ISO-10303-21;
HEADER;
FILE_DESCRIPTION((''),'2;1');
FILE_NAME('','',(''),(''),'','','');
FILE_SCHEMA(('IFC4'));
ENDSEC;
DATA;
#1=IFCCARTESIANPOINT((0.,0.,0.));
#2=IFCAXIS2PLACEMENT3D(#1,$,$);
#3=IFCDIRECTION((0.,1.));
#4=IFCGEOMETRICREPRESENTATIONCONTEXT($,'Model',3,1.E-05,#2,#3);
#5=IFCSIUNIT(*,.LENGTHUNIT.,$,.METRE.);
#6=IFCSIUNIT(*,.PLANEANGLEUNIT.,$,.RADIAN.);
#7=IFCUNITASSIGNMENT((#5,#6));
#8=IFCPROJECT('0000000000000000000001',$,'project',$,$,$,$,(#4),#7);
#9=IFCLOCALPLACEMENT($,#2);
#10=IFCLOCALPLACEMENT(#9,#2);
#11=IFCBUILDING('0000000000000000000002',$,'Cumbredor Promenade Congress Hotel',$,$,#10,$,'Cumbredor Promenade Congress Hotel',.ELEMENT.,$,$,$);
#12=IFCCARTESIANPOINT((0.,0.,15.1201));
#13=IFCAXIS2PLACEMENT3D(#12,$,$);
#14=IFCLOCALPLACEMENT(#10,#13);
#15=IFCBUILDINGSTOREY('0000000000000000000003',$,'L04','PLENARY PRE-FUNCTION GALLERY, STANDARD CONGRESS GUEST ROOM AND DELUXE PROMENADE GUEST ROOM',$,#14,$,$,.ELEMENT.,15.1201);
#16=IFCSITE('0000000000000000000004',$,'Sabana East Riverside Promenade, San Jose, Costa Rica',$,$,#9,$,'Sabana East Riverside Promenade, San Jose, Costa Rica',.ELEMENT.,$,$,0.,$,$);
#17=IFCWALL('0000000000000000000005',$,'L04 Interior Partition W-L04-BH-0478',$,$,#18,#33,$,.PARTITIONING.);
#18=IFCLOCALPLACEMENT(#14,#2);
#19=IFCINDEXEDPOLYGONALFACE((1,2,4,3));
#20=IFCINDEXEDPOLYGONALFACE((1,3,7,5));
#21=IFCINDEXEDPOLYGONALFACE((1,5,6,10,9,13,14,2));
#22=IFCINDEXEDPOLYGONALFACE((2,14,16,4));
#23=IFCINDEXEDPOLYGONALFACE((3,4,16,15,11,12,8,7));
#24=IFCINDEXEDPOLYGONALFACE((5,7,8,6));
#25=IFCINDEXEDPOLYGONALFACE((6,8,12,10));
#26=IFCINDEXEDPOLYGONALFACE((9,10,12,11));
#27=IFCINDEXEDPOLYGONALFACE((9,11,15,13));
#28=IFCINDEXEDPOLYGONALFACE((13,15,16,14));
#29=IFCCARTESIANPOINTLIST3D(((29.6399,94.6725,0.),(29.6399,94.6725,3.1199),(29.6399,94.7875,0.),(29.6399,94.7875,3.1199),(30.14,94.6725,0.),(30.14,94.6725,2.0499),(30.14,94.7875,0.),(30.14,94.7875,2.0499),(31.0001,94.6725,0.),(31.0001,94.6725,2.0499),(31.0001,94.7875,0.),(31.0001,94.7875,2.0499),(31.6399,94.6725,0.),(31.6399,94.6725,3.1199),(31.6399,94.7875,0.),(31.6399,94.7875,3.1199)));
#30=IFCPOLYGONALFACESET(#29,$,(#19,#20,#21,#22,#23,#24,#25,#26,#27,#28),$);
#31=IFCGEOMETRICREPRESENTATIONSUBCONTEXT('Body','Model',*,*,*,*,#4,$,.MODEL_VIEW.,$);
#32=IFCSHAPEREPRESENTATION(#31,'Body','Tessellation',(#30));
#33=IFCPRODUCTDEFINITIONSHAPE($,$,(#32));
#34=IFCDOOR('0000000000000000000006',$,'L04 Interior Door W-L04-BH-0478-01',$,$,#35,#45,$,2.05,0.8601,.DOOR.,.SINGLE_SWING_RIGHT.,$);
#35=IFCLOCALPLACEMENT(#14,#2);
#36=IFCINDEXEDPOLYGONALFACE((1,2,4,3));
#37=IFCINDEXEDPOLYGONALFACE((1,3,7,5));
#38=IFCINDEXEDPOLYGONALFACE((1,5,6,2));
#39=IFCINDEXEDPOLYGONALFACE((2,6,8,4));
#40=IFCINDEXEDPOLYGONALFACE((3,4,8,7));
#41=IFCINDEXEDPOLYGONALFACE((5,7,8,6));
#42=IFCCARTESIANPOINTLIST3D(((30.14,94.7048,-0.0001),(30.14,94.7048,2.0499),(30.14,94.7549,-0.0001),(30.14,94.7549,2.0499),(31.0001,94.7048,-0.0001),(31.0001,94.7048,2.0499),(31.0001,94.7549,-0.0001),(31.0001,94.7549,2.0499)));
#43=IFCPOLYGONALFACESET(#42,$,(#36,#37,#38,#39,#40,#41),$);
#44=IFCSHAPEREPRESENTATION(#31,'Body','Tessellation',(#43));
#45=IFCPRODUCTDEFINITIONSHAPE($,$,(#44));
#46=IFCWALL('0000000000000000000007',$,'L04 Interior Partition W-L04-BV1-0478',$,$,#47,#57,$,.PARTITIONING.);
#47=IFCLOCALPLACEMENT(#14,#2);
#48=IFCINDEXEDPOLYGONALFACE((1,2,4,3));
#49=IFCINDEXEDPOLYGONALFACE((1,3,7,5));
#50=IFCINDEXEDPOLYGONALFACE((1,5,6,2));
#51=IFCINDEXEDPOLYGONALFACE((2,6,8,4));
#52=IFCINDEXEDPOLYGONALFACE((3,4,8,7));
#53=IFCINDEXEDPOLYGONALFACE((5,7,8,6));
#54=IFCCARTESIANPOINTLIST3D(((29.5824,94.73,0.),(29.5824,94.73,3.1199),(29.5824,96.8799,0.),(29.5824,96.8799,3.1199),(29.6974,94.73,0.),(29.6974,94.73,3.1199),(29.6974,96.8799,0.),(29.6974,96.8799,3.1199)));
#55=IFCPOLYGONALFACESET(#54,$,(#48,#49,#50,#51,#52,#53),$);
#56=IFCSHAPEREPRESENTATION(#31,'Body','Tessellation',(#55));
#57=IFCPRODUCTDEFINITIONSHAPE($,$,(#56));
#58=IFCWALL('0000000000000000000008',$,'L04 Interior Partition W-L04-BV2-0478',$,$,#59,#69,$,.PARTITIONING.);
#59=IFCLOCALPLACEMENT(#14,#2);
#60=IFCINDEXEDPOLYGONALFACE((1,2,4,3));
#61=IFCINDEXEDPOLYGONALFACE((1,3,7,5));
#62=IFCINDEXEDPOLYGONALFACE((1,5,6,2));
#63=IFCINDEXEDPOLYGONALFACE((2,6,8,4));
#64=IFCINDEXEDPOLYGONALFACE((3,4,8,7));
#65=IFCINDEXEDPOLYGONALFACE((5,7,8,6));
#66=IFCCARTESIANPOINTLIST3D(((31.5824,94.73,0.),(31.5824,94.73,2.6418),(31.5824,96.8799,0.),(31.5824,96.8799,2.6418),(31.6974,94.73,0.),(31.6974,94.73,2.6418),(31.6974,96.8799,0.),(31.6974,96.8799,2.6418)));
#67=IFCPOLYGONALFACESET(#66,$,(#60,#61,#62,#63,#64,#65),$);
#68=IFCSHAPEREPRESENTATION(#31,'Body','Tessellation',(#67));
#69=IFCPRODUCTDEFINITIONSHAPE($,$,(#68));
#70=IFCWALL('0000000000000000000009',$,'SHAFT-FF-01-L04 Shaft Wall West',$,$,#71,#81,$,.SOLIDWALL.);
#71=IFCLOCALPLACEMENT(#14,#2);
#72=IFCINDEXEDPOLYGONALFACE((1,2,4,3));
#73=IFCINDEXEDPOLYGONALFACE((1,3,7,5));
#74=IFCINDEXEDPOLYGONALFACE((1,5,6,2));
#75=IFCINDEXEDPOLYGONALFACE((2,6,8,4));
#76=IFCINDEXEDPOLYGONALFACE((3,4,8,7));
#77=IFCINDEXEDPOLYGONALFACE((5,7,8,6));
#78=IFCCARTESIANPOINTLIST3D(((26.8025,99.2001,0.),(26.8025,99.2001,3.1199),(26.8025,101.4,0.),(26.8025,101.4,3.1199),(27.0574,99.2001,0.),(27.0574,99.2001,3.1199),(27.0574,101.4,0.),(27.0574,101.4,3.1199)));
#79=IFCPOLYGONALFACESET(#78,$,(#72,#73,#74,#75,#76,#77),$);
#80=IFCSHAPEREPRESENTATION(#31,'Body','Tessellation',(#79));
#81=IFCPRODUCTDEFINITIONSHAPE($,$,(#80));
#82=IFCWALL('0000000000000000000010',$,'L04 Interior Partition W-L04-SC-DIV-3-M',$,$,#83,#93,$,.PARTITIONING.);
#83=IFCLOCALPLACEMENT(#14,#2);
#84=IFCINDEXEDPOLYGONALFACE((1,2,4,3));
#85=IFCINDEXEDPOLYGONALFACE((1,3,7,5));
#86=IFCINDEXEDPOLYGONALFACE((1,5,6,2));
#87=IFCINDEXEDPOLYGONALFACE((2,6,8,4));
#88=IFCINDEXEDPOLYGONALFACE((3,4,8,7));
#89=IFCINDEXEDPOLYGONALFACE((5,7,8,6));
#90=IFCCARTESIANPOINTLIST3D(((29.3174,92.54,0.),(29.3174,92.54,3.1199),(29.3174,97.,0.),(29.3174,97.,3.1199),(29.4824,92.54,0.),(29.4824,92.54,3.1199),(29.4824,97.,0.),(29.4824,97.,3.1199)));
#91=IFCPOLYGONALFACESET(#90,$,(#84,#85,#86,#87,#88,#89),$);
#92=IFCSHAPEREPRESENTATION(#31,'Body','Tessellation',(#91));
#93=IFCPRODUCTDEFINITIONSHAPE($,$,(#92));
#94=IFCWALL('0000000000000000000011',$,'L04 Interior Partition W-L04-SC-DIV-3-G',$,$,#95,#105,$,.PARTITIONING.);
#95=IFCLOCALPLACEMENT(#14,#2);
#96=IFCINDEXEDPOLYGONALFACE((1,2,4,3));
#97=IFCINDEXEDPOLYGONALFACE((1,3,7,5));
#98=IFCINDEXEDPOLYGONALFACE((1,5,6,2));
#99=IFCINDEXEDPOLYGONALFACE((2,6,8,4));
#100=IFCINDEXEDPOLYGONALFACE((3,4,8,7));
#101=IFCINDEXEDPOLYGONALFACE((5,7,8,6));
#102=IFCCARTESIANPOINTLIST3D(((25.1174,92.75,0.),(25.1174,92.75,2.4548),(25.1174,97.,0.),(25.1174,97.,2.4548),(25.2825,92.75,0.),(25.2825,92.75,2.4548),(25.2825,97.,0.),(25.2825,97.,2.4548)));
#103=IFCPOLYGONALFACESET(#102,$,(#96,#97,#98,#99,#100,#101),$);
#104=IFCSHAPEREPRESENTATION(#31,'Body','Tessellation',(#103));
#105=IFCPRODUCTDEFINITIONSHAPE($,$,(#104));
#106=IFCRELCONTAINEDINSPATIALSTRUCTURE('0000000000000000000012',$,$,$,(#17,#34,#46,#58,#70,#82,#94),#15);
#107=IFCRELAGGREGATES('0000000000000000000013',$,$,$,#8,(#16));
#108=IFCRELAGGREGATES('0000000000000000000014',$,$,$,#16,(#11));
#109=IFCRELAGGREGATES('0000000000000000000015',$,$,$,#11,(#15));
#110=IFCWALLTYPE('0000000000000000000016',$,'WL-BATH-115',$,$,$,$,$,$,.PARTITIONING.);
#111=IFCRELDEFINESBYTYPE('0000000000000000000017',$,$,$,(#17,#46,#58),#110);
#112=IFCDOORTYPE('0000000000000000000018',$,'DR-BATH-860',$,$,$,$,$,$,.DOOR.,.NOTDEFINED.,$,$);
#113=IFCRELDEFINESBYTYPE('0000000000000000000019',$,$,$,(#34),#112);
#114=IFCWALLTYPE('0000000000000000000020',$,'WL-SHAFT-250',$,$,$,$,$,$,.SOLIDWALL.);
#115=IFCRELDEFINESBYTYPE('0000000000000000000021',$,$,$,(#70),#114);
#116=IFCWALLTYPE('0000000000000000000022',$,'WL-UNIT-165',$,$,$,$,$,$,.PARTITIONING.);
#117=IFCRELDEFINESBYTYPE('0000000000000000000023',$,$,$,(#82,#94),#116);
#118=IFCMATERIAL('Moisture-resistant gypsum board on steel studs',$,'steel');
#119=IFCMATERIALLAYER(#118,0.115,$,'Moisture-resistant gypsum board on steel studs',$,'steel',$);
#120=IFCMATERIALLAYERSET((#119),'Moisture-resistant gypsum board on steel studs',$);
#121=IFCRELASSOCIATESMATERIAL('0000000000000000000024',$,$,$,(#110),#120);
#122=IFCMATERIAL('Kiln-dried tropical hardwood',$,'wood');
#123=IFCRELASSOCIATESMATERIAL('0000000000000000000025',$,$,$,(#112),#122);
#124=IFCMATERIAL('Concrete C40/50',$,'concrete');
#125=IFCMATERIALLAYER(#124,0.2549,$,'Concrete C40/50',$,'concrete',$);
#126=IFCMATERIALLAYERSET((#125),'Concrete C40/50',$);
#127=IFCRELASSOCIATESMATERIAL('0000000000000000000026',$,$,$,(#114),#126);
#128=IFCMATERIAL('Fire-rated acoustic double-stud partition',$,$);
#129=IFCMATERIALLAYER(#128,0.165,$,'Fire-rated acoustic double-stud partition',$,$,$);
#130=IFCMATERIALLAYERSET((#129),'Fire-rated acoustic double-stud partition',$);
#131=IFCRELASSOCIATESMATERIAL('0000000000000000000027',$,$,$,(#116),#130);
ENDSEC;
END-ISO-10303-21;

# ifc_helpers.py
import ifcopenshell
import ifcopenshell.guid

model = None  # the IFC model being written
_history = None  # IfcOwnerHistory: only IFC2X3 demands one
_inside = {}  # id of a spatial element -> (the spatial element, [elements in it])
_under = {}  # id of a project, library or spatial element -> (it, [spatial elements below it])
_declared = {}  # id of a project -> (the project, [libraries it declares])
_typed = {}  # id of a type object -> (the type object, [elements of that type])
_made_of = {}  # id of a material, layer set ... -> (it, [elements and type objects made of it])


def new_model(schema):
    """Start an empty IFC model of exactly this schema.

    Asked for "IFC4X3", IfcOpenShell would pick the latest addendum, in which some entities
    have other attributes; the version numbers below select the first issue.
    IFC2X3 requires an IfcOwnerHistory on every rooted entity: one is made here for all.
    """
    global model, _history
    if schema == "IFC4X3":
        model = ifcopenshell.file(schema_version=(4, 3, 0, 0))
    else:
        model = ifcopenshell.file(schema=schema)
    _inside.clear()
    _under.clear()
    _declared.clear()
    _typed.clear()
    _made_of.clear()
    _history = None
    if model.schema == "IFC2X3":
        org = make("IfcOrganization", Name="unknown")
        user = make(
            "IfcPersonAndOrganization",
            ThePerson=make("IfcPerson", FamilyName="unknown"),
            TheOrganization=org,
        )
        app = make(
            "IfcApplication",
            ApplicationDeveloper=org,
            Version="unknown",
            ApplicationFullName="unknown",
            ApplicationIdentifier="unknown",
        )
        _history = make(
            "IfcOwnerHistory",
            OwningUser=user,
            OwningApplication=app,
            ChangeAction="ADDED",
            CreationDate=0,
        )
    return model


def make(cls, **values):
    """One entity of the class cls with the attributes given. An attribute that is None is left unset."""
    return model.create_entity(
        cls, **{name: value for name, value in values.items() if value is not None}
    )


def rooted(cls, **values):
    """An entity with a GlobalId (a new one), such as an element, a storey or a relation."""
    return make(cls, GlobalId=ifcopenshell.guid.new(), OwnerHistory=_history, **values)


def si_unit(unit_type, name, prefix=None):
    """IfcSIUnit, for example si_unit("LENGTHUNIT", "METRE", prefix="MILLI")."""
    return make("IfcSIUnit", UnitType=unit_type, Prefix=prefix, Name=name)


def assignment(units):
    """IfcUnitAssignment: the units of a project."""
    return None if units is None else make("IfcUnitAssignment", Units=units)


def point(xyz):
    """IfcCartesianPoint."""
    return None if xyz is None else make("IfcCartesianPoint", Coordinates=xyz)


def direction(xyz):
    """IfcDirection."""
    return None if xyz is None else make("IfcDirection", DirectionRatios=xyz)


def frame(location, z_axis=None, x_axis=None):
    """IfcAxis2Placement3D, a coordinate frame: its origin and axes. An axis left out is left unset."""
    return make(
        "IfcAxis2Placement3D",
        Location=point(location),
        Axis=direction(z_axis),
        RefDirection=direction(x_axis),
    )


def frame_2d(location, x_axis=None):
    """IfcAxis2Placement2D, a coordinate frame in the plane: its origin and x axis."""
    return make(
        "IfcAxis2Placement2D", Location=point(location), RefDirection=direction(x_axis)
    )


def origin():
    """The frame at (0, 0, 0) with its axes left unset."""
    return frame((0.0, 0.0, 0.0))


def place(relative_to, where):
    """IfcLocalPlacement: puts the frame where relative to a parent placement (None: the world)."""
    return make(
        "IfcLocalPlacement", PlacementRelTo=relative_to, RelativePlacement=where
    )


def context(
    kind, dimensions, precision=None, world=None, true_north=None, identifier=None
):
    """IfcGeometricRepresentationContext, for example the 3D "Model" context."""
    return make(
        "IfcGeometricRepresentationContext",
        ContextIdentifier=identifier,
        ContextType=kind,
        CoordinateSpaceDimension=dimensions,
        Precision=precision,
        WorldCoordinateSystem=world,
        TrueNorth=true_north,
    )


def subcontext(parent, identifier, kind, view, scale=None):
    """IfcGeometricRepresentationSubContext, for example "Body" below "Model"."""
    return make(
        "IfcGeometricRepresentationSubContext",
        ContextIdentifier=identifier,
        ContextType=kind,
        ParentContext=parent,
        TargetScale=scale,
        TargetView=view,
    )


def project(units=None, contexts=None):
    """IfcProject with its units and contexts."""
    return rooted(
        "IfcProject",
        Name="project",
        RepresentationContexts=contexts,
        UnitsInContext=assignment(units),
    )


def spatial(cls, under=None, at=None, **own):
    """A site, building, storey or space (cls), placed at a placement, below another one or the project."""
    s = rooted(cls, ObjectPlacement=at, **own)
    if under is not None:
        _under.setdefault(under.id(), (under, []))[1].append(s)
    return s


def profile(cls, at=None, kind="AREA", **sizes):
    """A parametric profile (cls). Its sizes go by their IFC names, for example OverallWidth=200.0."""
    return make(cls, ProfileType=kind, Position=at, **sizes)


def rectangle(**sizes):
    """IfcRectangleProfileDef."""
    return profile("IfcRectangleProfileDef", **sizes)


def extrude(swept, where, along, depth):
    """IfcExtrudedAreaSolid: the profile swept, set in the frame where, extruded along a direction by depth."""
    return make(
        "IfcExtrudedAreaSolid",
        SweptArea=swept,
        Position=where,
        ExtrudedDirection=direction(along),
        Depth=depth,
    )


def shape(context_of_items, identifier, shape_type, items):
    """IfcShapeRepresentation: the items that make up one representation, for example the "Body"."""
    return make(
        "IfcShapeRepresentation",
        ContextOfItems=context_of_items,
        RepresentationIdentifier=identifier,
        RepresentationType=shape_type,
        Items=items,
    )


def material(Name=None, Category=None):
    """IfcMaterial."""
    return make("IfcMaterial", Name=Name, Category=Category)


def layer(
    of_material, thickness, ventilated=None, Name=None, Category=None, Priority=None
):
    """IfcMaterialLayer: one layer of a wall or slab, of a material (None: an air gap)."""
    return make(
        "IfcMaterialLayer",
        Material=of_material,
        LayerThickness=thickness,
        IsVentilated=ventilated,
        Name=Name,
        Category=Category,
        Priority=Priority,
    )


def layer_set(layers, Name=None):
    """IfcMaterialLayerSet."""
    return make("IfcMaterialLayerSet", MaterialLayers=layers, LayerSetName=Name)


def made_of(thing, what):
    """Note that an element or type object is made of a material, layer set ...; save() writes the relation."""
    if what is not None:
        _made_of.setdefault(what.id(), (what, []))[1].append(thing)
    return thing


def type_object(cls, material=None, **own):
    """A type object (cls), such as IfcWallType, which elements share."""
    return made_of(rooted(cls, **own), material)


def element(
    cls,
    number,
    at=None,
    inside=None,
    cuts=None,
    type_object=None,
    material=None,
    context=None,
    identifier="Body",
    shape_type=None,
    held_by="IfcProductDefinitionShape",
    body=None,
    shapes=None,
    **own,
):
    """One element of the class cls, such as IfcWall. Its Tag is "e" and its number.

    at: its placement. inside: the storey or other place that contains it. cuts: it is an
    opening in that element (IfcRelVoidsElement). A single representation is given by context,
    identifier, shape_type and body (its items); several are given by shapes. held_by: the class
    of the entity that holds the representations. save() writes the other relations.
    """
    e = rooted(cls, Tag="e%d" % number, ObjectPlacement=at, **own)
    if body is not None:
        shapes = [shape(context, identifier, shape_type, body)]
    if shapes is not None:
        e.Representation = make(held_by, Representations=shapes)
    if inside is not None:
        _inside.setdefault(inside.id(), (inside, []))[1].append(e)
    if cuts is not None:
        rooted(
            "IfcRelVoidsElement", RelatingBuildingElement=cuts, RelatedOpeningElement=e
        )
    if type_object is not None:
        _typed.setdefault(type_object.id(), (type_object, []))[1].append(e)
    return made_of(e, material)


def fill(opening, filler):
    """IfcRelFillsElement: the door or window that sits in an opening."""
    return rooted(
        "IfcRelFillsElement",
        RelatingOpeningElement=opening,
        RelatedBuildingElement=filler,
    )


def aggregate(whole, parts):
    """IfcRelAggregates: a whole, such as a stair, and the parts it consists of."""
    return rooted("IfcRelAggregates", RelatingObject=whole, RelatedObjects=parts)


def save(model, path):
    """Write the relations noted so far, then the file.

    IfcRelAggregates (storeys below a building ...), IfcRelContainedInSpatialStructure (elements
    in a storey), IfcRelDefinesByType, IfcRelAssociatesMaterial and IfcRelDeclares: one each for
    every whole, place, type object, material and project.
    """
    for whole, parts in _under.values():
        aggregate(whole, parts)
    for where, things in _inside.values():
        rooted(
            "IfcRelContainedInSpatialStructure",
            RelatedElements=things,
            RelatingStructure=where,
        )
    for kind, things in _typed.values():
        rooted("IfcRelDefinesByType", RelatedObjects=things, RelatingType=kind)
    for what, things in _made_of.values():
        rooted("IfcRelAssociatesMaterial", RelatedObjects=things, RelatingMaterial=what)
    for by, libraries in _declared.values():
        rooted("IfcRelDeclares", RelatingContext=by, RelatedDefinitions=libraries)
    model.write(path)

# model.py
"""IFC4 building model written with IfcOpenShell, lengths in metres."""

from ifc_helpers import new_model, si_unit, direction, frame, frame_2d, origin, place, context, subcontext, project, spatial, rectangle, extrude, material, layer, layer_set, type_object, element, fill, save


model = new_model("IFC4")

# Units and contexts
model_context = context("Model", 3, precision=1e-05, world=origin(), true_north=direction((0.0, 1.0)))
body_context = subcontext(model_context, "Body", "Model", "MODEL_VIEW")
ifc_project = project(units=[si_unit("LENGTHUNIT", "METRE"), si_unit("PLANEANGLEUNIT", "RADIAN")], contexts=[model_context])

# Site, building, storey
site_placement = place(None, origin())
site = spatial("IfcSite", under=ifc_project, at=site_placement, Name="Sabana East Riverside Promenade, San Jose, Costa Rica", LongName="Sabana East Riverside Promenade, San Jose, Costa Rica", CompositionType="ELEMENT", RefElevation=0.0)
building_placement = place(site_placement, origin())
building = spatial("IfcBuilding", under=site, at=building_placement, Name="Cumbredor Promenade Congress Hotel", LongName="Cumbredor Promenade Congress Hotel", CompositionType="ELEMENT")
storey_placement = place(building_placement, frame((0.0, 0.0, 15.1201)))
storey = spatial("IfcBuildingStorey", under=building, at=storey_placement, Name="L04", Description="PLENARY PRE-FUNCTION GALLERY, STANDARD CONGRESS GUEST ROOM AND DELUXE PROMENADE GUEST ROOM", CompositionType="ELEMENT", Elevation=15.1201)

# Shared definitions
ifc_material_1 = material(Name="Concrete C40/50", Category="concrete")

# Shared definitions
ifc_material_2 = material(Name="Moisture-resistant gypsum board on steel studs", Category="steel")
ifc_layer_1 = layer(ifc_material_2, 0.115, Name="Moisture-resistant gypsum board on steel studs", Category="steel")
ifc_layer_set_1 = layer_set([ifc_layer_1], Name="Moisture-resistant gypsum board on steel studs")
wall_type_1 = type_object("IfcWallType", Name="WL-BATH-115", PredefinedType="PARTITIONING", material=ifc_layer_set_1)
ifc_material_3 = material(Name="Kiln-dried tropical hardwood", Category="wood")
door_type = type_object("IfcDoorType", Name="DR-BATH-860", OperationType="NOTDEFINED", PredefinedType="DOOR", material=ifc_material_3)

# Wall, opening, door
wall_1_placement = place(storey_placement, frame((29.6399, 94.73, 0.0), z_axis=(0.0, 0.0, 1.0), x_axis=(1.0, 0.0, 0.0)))
wall_1 = element("IfcWall", 1, at=wall_1_placement, inside=storey, type_object=wall_type_1, Name="L04 Interior Partition W-L04-BH-0478", PredefinedType="PARTITIONING", context=body_context, shape_type="SweptSolid", body=[
    extrude(rectangle(XDim=2.0, YDim=0.115, at=frame_2d((1.0, 0.0))), origin(), (0.0, 0.0, 1.0), 3.1199),
])
opening_1_placement = place(wall_1_placement, frame((0.5, 0.0, 0.0)))
opening_1 = element("IfcOpeningElement", 2, at=opening_1_placement, cuts=wall_1, PredefinedType="OPENING", context=body_context, shape_type="SweptSolid", body=[
    extrude(rectangle(XDim=0.8601, YDim=2.05, at=frame_2d((0.4302, 1.0249))), frame((0.0, 0.0674, 0.0), z_axis=(0.0, -1.0, 0.0), x_axis=(1.0, 0.0, 0.0)), (0.0, 0.0, 1.0), 0.135),
])
door_1_placement = place(opening_1_placement, origin())
door_1 = element("IfcDoor", 3, at=door_1_placement, inside=storey, type_object=door_type, Name="L04 Interior Door W-L04-BH-0478-01", OperationType="SINGLE_SWING_RIGHT", OverallHeight=2.05, OverallWidth=0.8601, PredefinedType="DOOR", context=body_context, shape_type="SweptSolid", body=[
    extrude(rectangle(XDim=0.8601, YDim=2.05, at=frame_2d((0.4302, 1.0249))), frame((0.0, 0.0249, 0.0), z_axis=(0.0, -1.0, 0.0), x_axis=(1.0, 0.0, 0.0)), (0.0, 0.0, 1.0), 0.05),
])
fill(opening_1, door_1)

# Walls
wall_2_placement = place(storey_placement, frame((29.6399, 94.73, 0.0), z_axis=(0.0, 0.0, 1.0), x_axis=(0.0, 1.0, 0.0)))
element("IfcWall", 4, at=wall_2_placement, inside=storey, type_object=wall_type_1, Name="L04 Interior Partition W-L04-BV1-0478", PredefinedType="PARTITIONING", context=body_context, shape_type="SweptSolid", body=[
    extrude(rectangle(XDim=2.1499, YDim=0.115, at=frame_2d((1.075, 0.0))), origin(), (0.0, 0.0, 1.0), 3.1199),
])
wall_3_placement = place(storey_placement, frame((31.6399, 94.73, 0.0), z_axis=(0.0, 0.0, 1.0), x_axis=(0.0, 1.0, 0.0)))
element("IfcWall", 5, at=wall_3_placement, inside=storey, type_object=wall_type_1, Name="L04 Interior Partition W-L04-BV2-0478", PredefinedType="PARTITIONING", context=body_context, shape_type="SweptSolid", body=[
    extrude(rectangle(XDim=2.1499, YDim=0.115, at=frame_2d((1.075, 0.0))), origin(), (0.0, 0.0, 1.0), 2.6418),
])
ifc_layer_2 = layer(ifc_material_1, 0.2549, Name="Concrete C40/50", Category="concrete")
ifc_layer_set_2 = layer_set([ifc_layer_2], Name="Concrete C40/50")
wall_type_2 = type_object("IfcWallType", Name="WL-SHAFT-250", PredefinedType="SOLIDWALL", material=ifc_layer_set_2)
wall_4_placement = place(storey_placement, frame((26.9299, 99.2, 0.0), z_axis=(0.0, 0.0, 1.0), x_axis=(0.0, 1.0, 0.0)))
element("IfcWall", 6, at=wall_4_placement, inside=storey, type_object=wall_type_2, Name="SHAFT-FF-01-L04 Shaft Wall West", PredefinedType="SOLIDWALL", context=body_context, shape_type="SweptSolid", body=[
    extrude(rectangle(XDim=2.2, YDim=0.2549, at=frame_2d((1.1001, 0.0))), origin(), (0.0, 0.0, 1.0), 3.1199),
])
ifc_material_4 = material(Name="Fire-rated acoustic double-stud partition")
ifc_layer_3 = layer(ifc_material_4, 0.165, Name="Fire-rated acoustic double-stud partition")
ifc_layer_set_3 = layer_set([ifc_layer_3], Name="Fire-rated acoustic double-stud partition")
wall_type_3 = type_object("IfcWallType", Name="WL-UNIT-165", PredefinedType="PARTITIONING", material=ifc_layer_set_3)
wall_5_placement = place(storey_placement, frame((29.3999, 92.54, 0.0), z_axis=(0.0, 0.0, 1.0), x_axis=(0.0, 1.0, 0.0)))
element("IfcWall", 7, at=wall_5_placement, inside=storey, type_object=wall_type_3, Name="L04 Interior Partition W-L04-SC-DIV-3-M", PredefinedType="PARTITIONING", context=body_context, shape_type="SweptSolid", body=[
    extrude(rectangle(XDim=4.46, YDim=0.165, at=frame_2d((2.23, 0.0))), origin(), (0.0, 0.0, 1.0), 3.1199),
])
wall_6_placement = place(storey_placement, frame((25.2, 92.75, 0.0), z_axis=(0.0, 0.0, 1.0), x_axis=(0.0, 1.0, 0.0)))
element("IfcWall", 8, at=wall_6_placement, inside=storey, type_object=wall_type_3, Name="L04 Interior Partition W-L04-SC-DIV-3-G", PredefinedType="PARTITIONING", context=body_context, shape_type="SweptSolid", body=[
    extrude(rectangle(XDim=4.25, YDim=0.165, at=frame_2d((2.125, 0.0))), origin(), (0.0, 0.0, 1.0), 2.4548),
])

save(model, "model.ifc")
